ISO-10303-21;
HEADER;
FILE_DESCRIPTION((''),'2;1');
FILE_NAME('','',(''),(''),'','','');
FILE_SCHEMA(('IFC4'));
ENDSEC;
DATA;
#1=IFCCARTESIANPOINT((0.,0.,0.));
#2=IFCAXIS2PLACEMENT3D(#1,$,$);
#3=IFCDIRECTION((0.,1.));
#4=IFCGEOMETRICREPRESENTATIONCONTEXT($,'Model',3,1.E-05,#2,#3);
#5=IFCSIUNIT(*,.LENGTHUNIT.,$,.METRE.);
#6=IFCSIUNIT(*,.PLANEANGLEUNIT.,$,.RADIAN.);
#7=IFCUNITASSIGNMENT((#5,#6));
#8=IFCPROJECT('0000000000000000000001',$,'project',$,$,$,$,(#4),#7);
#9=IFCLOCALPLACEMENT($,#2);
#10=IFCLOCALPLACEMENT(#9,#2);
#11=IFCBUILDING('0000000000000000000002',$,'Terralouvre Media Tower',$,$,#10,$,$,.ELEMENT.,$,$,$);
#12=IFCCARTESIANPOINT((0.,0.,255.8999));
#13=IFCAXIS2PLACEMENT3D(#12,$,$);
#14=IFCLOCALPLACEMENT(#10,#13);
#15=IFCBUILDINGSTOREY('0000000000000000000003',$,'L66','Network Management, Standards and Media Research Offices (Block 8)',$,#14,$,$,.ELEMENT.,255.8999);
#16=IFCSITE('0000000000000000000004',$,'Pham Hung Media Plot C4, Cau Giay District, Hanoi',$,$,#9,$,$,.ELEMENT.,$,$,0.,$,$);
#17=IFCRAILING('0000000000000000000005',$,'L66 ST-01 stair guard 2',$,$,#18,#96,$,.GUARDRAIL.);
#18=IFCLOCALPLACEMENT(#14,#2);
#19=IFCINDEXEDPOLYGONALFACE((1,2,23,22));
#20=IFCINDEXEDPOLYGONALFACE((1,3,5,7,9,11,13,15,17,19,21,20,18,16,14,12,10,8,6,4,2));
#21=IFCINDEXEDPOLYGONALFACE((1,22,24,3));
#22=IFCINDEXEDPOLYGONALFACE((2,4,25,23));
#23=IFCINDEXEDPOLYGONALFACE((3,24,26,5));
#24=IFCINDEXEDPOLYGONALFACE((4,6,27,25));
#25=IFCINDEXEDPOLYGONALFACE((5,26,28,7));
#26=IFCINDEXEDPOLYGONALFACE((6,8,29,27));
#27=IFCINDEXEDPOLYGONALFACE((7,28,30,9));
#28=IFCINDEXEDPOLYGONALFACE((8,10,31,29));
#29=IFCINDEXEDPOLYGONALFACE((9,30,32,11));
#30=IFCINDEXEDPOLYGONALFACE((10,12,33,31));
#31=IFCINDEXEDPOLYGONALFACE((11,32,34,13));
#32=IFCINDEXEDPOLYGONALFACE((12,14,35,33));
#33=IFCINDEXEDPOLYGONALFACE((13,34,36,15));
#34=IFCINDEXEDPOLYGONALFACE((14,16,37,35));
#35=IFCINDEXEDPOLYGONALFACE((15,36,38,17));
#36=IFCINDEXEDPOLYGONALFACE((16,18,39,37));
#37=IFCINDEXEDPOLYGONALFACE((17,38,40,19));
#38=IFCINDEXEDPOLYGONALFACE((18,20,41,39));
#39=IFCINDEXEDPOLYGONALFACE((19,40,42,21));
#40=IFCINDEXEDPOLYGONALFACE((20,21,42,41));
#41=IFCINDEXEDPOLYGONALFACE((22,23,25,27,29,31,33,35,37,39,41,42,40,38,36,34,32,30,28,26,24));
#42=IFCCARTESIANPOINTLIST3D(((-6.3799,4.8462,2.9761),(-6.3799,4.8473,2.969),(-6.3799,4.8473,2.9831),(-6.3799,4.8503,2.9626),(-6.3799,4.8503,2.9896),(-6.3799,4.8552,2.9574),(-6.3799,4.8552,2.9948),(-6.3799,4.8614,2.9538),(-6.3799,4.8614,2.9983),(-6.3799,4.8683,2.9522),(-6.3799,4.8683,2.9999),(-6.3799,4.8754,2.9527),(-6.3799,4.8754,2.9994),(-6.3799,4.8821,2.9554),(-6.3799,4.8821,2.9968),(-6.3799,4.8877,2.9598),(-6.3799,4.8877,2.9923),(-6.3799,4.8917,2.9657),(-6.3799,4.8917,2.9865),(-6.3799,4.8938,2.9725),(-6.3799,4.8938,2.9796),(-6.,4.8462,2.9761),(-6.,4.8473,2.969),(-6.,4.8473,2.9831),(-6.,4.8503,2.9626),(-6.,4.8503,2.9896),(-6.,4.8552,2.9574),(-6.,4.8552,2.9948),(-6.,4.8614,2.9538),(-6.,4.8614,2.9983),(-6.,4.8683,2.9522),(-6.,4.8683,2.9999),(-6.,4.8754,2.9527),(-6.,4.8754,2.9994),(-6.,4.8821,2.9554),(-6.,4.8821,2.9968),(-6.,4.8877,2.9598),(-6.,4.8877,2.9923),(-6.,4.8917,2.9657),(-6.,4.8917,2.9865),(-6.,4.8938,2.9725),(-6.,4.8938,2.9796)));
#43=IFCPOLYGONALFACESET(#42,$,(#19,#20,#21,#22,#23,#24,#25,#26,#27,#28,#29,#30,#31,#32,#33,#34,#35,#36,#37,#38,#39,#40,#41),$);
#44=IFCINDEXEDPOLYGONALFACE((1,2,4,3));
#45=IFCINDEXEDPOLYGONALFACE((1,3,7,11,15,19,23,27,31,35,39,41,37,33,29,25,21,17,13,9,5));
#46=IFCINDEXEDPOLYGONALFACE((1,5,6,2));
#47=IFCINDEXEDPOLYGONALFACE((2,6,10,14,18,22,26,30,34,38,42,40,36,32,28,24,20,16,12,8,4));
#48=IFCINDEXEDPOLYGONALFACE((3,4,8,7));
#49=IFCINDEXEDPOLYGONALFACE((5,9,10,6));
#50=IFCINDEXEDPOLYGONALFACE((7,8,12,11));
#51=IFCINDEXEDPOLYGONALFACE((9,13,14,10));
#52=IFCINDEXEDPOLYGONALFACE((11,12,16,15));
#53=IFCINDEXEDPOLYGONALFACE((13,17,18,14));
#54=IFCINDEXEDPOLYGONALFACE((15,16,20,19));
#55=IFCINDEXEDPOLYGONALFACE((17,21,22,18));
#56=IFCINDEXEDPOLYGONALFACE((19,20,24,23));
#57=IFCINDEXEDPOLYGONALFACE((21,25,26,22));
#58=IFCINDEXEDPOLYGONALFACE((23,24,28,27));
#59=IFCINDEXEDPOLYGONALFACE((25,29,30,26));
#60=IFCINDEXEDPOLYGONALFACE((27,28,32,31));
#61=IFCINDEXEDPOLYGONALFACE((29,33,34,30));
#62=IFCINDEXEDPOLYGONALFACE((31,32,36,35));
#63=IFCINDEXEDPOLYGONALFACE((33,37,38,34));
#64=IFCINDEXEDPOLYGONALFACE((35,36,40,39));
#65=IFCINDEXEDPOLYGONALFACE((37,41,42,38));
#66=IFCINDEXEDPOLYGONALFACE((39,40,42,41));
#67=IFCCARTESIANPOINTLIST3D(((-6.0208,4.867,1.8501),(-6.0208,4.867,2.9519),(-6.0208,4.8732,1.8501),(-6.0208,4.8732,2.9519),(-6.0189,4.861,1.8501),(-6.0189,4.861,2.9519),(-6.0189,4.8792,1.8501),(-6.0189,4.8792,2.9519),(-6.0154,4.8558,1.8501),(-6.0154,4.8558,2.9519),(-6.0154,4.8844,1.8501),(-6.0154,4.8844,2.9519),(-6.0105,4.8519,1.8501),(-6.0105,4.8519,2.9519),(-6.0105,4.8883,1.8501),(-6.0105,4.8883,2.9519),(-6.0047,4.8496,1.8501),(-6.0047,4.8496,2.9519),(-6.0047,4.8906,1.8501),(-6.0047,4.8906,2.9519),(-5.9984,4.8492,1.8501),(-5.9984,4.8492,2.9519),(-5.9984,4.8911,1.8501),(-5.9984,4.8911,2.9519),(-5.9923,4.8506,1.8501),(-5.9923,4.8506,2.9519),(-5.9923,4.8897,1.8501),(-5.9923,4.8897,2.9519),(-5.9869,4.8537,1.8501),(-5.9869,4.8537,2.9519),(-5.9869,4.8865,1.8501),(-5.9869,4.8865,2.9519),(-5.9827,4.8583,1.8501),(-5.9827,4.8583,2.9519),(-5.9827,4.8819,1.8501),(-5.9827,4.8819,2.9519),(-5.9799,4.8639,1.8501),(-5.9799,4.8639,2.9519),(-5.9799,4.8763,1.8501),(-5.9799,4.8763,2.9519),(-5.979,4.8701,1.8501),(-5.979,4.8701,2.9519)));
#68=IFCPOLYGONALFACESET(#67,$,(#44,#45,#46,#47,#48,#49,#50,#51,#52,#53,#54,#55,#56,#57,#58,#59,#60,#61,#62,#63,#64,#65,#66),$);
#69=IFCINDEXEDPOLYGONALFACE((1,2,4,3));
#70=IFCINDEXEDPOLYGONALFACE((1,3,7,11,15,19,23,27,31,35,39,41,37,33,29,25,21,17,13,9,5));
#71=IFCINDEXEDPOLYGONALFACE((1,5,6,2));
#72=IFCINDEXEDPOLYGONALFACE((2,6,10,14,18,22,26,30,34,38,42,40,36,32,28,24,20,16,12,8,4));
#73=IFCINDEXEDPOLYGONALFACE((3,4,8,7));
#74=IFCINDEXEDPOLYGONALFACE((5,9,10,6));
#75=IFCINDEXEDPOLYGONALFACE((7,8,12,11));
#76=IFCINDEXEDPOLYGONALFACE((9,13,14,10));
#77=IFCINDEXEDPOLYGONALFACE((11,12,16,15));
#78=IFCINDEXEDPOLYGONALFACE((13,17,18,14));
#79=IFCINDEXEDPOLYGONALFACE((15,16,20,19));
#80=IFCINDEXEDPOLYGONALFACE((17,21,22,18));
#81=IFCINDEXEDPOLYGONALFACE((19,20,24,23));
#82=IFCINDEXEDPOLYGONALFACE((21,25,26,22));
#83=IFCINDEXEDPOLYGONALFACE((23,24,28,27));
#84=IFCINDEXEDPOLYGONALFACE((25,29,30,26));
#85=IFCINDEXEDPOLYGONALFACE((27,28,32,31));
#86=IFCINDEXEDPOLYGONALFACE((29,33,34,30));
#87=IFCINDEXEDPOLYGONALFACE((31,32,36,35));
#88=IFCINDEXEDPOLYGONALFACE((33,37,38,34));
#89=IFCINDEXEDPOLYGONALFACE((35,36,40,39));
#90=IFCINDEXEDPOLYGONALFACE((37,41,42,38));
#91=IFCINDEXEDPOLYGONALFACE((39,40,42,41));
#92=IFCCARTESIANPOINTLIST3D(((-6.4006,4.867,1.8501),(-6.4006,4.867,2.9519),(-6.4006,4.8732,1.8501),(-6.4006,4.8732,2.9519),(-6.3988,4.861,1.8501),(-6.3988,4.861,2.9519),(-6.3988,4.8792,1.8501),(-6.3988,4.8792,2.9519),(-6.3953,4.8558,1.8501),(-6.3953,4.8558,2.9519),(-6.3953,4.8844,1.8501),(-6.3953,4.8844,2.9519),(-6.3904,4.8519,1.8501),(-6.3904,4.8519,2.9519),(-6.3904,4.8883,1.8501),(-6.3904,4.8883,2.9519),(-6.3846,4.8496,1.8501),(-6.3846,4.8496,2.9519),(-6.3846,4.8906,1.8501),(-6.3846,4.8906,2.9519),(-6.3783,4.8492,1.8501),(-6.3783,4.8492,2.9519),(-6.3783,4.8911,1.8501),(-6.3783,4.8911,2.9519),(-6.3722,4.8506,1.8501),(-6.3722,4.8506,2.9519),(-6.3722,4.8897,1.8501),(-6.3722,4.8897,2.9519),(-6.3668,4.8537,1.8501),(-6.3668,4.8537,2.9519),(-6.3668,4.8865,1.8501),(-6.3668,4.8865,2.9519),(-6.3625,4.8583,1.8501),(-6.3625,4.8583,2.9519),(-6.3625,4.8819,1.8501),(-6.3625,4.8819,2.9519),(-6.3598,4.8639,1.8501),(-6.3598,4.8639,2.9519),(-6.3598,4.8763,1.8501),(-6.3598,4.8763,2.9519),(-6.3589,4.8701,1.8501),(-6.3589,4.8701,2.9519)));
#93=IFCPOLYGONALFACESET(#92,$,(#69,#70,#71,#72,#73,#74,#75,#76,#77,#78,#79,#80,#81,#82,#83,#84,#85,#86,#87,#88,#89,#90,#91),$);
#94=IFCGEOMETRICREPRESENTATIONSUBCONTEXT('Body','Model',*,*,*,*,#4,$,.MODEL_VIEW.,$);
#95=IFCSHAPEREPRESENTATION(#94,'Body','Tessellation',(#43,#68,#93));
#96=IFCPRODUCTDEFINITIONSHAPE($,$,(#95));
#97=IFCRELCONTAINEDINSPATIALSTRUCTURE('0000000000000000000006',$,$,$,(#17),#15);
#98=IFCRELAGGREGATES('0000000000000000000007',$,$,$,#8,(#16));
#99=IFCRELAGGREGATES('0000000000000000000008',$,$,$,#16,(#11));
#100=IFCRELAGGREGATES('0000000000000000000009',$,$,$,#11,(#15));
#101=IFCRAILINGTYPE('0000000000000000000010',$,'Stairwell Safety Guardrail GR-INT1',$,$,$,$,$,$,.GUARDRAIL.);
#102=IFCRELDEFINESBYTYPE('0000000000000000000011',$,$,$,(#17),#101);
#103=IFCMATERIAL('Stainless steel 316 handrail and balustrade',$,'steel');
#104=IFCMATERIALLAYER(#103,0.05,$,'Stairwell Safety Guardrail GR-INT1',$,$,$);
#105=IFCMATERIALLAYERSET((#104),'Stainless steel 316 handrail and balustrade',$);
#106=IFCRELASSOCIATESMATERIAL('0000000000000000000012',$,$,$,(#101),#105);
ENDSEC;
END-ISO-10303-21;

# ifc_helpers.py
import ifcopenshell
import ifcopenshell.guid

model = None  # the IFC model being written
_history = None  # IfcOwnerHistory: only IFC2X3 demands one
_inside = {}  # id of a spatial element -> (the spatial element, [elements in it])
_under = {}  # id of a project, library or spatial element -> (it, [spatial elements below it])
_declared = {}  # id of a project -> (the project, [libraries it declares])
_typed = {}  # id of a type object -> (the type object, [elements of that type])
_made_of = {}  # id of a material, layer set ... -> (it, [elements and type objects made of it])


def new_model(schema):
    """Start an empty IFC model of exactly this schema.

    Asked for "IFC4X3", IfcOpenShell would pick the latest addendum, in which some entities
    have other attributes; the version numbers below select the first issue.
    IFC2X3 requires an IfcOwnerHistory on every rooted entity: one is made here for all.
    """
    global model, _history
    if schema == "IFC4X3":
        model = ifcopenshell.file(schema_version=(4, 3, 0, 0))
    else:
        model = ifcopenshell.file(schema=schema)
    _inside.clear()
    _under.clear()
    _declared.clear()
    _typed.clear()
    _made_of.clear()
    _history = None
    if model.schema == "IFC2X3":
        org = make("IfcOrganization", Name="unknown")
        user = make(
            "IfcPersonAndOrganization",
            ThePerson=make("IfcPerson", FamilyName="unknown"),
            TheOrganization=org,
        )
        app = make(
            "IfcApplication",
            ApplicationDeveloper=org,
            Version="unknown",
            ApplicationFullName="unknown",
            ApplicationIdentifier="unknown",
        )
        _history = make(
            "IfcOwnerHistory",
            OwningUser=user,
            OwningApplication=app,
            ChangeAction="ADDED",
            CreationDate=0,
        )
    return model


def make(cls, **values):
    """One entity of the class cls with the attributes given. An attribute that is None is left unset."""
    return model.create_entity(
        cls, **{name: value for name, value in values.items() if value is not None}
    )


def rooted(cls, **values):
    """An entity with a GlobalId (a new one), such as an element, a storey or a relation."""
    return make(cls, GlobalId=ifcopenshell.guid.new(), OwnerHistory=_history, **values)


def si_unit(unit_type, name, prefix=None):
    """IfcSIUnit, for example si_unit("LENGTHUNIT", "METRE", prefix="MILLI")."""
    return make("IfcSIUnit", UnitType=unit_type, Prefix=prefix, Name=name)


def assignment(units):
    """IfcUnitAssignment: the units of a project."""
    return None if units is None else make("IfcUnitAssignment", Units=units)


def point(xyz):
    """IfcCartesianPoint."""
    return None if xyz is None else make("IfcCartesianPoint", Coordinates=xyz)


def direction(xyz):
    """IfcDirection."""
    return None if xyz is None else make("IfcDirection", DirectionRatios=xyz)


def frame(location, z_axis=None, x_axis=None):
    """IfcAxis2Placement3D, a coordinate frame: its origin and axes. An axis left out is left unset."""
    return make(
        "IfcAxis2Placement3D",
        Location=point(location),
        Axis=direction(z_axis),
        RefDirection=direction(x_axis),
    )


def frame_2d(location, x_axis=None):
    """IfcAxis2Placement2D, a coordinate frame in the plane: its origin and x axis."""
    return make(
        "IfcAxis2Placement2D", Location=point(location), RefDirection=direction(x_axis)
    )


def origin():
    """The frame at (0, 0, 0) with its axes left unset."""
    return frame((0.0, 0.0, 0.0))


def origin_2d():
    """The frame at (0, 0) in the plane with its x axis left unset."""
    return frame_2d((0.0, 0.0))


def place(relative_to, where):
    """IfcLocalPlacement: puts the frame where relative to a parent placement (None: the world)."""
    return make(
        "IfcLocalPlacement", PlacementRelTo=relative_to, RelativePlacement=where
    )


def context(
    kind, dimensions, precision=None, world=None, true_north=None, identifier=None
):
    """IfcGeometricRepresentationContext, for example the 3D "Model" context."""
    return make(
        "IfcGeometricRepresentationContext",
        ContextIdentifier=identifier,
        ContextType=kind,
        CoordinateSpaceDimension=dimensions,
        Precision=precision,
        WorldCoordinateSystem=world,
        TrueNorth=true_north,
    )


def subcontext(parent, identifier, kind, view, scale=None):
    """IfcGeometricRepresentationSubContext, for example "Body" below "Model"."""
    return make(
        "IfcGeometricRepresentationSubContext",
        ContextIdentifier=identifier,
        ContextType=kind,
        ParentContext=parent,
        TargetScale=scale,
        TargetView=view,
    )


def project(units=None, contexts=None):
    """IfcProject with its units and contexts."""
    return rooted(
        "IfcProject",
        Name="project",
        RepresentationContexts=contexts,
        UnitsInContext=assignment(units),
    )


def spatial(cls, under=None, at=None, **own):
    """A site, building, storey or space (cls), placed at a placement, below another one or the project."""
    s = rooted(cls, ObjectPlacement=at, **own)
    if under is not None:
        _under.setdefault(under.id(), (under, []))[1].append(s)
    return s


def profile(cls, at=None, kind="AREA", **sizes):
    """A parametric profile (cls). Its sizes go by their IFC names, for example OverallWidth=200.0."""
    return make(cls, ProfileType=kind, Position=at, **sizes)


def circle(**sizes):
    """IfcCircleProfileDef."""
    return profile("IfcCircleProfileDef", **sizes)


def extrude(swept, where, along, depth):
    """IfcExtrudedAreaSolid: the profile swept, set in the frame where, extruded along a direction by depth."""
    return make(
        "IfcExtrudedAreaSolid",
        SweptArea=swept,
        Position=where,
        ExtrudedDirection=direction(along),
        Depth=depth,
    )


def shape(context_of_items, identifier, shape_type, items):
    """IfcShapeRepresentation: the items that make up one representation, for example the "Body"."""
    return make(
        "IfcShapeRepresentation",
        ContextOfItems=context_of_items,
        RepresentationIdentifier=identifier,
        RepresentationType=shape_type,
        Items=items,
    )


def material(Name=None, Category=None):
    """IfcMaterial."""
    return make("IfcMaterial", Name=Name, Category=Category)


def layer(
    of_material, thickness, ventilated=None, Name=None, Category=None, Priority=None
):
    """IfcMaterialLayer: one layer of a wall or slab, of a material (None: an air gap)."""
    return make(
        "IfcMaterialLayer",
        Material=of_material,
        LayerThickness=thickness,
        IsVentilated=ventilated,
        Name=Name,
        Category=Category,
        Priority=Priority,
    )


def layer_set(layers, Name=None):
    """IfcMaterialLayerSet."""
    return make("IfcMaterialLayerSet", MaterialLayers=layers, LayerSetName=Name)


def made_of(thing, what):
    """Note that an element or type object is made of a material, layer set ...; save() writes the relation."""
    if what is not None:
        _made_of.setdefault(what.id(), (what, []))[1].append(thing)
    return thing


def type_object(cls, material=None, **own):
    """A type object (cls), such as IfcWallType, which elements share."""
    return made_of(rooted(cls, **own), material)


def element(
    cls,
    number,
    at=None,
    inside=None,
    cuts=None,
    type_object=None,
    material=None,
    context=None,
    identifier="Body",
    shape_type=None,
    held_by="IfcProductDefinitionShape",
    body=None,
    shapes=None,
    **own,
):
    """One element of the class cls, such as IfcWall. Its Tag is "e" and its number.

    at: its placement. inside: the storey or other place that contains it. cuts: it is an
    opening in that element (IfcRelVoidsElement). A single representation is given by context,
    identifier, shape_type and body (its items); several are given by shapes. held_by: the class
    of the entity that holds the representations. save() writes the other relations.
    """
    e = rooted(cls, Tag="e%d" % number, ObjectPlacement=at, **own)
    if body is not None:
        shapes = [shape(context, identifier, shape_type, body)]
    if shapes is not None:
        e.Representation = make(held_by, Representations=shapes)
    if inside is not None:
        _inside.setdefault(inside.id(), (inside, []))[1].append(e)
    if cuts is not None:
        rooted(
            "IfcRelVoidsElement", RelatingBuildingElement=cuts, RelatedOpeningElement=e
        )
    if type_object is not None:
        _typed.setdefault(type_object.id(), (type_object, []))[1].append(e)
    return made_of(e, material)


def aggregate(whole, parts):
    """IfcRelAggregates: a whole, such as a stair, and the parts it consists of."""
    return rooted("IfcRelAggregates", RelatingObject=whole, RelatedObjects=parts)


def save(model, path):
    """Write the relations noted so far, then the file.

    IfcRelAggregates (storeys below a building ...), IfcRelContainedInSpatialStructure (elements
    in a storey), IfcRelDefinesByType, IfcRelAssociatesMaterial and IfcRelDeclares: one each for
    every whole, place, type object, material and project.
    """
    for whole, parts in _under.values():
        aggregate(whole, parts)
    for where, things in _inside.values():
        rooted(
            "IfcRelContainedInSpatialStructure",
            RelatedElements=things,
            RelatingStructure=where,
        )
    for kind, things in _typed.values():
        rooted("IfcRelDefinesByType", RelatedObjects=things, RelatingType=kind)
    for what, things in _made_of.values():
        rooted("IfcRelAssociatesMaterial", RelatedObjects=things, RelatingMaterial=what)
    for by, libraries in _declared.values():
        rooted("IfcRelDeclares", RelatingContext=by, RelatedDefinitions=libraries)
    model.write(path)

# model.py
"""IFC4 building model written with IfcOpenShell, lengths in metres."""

from ifc_helpers import new_model, si_unit, direction, frame, origin, origin_2d, place, context, subcontext, project, spatial, circle, extrude, material, layer, layer_set, type_object, element, save


model = new_model("IFC4")

# Units and contexts
model_context = context("Model", 3, precision=1e-05, world=origin(), true_north=direction((0.0, 1.0)))
body_context = subcontext(model_context, "Body", "Model", "MODEL_VIEW")
ifc_project = project(units=[si_unit("LENGTHUNIT", "METRE"), si_unit("PLANEANGLEUNIT", "RADIAN")], contexts=[model_context])

# Site, building, storey
site_placement = place(None, origin())
site = spatial("IfcSite", under=ifc_project, at=site_placement, Name="Pham Hung Media Plot C4, Cau Giay District, Hanoi", CompositionType="ELEMENT", RefElevation=0.0)
building_placement = place(site_placement, origin())
building = spatial("IfcBuilding", under=site, at=building_placement, Name="Terralouvre Media Tower", CompositionType="ELEMENT")
storey_placement = place(building_placement, frame((0.0, 0.0, 255.8999)))
storey = spatial("IfcBuildingStorey", under=building, at=storey_placement, Name="L66", Description="Network Management, Standards and Media Research Offices (Block 8)", CompositionType="ELEMENT", Elevation=255.8999)

# Railing
ifc_material_1 = material(Name="Stainless steel 316 handrail and balustrade", Category="steel")
ifc_layer_1 = layer(ifc_material_1, 0.05, Name="Stairwell Safety Guardrail GR-INT1")
ifc_layer_set_1 = layer_set([ifc_layer_1], Name="Stainless steel 316 handrail and balustrade")
railing_type_1 = type_object("IfcRailingType", Name="Stairwell Safety Guardrail GR-INT1", PredefinedType="GUARDRAIL", material=ifc_layer_set_1)
railing_1_placement = place(storey_placement, frame((-6.0, 4.8701, 1.8501)))
element("IfcRailing", 1, at=railing_1_placement, inside=storey, type_object=railing_type_1, Name="L66 ST-01 stair guard 2", PredefinedType="GUARDRAIL", context=body_context, shape_type="SweptSolid", body=[
    extrude(circle(Radius=0.0239, at=origin_2d()), frame((0.0, 0.0, 1.126), z_axis=(-1.0, 0.0, 0.0), x_axis=(0.0, -1.0, 0.0)), (0.0, 0.0, 1.0), 0.3799),
    extrude(circle(Radius=0.021, at=origin_2d()), origin(), (0.0, 0.0, 1.0), 1.1018),
    extrude(circle(Radius=0.021, at=origin_2d()), frame((-0.3799, 0.0, 0.0)), (0.0, 0.0, 1.0), 1.1018),
])

save(model, "model.ifc")
